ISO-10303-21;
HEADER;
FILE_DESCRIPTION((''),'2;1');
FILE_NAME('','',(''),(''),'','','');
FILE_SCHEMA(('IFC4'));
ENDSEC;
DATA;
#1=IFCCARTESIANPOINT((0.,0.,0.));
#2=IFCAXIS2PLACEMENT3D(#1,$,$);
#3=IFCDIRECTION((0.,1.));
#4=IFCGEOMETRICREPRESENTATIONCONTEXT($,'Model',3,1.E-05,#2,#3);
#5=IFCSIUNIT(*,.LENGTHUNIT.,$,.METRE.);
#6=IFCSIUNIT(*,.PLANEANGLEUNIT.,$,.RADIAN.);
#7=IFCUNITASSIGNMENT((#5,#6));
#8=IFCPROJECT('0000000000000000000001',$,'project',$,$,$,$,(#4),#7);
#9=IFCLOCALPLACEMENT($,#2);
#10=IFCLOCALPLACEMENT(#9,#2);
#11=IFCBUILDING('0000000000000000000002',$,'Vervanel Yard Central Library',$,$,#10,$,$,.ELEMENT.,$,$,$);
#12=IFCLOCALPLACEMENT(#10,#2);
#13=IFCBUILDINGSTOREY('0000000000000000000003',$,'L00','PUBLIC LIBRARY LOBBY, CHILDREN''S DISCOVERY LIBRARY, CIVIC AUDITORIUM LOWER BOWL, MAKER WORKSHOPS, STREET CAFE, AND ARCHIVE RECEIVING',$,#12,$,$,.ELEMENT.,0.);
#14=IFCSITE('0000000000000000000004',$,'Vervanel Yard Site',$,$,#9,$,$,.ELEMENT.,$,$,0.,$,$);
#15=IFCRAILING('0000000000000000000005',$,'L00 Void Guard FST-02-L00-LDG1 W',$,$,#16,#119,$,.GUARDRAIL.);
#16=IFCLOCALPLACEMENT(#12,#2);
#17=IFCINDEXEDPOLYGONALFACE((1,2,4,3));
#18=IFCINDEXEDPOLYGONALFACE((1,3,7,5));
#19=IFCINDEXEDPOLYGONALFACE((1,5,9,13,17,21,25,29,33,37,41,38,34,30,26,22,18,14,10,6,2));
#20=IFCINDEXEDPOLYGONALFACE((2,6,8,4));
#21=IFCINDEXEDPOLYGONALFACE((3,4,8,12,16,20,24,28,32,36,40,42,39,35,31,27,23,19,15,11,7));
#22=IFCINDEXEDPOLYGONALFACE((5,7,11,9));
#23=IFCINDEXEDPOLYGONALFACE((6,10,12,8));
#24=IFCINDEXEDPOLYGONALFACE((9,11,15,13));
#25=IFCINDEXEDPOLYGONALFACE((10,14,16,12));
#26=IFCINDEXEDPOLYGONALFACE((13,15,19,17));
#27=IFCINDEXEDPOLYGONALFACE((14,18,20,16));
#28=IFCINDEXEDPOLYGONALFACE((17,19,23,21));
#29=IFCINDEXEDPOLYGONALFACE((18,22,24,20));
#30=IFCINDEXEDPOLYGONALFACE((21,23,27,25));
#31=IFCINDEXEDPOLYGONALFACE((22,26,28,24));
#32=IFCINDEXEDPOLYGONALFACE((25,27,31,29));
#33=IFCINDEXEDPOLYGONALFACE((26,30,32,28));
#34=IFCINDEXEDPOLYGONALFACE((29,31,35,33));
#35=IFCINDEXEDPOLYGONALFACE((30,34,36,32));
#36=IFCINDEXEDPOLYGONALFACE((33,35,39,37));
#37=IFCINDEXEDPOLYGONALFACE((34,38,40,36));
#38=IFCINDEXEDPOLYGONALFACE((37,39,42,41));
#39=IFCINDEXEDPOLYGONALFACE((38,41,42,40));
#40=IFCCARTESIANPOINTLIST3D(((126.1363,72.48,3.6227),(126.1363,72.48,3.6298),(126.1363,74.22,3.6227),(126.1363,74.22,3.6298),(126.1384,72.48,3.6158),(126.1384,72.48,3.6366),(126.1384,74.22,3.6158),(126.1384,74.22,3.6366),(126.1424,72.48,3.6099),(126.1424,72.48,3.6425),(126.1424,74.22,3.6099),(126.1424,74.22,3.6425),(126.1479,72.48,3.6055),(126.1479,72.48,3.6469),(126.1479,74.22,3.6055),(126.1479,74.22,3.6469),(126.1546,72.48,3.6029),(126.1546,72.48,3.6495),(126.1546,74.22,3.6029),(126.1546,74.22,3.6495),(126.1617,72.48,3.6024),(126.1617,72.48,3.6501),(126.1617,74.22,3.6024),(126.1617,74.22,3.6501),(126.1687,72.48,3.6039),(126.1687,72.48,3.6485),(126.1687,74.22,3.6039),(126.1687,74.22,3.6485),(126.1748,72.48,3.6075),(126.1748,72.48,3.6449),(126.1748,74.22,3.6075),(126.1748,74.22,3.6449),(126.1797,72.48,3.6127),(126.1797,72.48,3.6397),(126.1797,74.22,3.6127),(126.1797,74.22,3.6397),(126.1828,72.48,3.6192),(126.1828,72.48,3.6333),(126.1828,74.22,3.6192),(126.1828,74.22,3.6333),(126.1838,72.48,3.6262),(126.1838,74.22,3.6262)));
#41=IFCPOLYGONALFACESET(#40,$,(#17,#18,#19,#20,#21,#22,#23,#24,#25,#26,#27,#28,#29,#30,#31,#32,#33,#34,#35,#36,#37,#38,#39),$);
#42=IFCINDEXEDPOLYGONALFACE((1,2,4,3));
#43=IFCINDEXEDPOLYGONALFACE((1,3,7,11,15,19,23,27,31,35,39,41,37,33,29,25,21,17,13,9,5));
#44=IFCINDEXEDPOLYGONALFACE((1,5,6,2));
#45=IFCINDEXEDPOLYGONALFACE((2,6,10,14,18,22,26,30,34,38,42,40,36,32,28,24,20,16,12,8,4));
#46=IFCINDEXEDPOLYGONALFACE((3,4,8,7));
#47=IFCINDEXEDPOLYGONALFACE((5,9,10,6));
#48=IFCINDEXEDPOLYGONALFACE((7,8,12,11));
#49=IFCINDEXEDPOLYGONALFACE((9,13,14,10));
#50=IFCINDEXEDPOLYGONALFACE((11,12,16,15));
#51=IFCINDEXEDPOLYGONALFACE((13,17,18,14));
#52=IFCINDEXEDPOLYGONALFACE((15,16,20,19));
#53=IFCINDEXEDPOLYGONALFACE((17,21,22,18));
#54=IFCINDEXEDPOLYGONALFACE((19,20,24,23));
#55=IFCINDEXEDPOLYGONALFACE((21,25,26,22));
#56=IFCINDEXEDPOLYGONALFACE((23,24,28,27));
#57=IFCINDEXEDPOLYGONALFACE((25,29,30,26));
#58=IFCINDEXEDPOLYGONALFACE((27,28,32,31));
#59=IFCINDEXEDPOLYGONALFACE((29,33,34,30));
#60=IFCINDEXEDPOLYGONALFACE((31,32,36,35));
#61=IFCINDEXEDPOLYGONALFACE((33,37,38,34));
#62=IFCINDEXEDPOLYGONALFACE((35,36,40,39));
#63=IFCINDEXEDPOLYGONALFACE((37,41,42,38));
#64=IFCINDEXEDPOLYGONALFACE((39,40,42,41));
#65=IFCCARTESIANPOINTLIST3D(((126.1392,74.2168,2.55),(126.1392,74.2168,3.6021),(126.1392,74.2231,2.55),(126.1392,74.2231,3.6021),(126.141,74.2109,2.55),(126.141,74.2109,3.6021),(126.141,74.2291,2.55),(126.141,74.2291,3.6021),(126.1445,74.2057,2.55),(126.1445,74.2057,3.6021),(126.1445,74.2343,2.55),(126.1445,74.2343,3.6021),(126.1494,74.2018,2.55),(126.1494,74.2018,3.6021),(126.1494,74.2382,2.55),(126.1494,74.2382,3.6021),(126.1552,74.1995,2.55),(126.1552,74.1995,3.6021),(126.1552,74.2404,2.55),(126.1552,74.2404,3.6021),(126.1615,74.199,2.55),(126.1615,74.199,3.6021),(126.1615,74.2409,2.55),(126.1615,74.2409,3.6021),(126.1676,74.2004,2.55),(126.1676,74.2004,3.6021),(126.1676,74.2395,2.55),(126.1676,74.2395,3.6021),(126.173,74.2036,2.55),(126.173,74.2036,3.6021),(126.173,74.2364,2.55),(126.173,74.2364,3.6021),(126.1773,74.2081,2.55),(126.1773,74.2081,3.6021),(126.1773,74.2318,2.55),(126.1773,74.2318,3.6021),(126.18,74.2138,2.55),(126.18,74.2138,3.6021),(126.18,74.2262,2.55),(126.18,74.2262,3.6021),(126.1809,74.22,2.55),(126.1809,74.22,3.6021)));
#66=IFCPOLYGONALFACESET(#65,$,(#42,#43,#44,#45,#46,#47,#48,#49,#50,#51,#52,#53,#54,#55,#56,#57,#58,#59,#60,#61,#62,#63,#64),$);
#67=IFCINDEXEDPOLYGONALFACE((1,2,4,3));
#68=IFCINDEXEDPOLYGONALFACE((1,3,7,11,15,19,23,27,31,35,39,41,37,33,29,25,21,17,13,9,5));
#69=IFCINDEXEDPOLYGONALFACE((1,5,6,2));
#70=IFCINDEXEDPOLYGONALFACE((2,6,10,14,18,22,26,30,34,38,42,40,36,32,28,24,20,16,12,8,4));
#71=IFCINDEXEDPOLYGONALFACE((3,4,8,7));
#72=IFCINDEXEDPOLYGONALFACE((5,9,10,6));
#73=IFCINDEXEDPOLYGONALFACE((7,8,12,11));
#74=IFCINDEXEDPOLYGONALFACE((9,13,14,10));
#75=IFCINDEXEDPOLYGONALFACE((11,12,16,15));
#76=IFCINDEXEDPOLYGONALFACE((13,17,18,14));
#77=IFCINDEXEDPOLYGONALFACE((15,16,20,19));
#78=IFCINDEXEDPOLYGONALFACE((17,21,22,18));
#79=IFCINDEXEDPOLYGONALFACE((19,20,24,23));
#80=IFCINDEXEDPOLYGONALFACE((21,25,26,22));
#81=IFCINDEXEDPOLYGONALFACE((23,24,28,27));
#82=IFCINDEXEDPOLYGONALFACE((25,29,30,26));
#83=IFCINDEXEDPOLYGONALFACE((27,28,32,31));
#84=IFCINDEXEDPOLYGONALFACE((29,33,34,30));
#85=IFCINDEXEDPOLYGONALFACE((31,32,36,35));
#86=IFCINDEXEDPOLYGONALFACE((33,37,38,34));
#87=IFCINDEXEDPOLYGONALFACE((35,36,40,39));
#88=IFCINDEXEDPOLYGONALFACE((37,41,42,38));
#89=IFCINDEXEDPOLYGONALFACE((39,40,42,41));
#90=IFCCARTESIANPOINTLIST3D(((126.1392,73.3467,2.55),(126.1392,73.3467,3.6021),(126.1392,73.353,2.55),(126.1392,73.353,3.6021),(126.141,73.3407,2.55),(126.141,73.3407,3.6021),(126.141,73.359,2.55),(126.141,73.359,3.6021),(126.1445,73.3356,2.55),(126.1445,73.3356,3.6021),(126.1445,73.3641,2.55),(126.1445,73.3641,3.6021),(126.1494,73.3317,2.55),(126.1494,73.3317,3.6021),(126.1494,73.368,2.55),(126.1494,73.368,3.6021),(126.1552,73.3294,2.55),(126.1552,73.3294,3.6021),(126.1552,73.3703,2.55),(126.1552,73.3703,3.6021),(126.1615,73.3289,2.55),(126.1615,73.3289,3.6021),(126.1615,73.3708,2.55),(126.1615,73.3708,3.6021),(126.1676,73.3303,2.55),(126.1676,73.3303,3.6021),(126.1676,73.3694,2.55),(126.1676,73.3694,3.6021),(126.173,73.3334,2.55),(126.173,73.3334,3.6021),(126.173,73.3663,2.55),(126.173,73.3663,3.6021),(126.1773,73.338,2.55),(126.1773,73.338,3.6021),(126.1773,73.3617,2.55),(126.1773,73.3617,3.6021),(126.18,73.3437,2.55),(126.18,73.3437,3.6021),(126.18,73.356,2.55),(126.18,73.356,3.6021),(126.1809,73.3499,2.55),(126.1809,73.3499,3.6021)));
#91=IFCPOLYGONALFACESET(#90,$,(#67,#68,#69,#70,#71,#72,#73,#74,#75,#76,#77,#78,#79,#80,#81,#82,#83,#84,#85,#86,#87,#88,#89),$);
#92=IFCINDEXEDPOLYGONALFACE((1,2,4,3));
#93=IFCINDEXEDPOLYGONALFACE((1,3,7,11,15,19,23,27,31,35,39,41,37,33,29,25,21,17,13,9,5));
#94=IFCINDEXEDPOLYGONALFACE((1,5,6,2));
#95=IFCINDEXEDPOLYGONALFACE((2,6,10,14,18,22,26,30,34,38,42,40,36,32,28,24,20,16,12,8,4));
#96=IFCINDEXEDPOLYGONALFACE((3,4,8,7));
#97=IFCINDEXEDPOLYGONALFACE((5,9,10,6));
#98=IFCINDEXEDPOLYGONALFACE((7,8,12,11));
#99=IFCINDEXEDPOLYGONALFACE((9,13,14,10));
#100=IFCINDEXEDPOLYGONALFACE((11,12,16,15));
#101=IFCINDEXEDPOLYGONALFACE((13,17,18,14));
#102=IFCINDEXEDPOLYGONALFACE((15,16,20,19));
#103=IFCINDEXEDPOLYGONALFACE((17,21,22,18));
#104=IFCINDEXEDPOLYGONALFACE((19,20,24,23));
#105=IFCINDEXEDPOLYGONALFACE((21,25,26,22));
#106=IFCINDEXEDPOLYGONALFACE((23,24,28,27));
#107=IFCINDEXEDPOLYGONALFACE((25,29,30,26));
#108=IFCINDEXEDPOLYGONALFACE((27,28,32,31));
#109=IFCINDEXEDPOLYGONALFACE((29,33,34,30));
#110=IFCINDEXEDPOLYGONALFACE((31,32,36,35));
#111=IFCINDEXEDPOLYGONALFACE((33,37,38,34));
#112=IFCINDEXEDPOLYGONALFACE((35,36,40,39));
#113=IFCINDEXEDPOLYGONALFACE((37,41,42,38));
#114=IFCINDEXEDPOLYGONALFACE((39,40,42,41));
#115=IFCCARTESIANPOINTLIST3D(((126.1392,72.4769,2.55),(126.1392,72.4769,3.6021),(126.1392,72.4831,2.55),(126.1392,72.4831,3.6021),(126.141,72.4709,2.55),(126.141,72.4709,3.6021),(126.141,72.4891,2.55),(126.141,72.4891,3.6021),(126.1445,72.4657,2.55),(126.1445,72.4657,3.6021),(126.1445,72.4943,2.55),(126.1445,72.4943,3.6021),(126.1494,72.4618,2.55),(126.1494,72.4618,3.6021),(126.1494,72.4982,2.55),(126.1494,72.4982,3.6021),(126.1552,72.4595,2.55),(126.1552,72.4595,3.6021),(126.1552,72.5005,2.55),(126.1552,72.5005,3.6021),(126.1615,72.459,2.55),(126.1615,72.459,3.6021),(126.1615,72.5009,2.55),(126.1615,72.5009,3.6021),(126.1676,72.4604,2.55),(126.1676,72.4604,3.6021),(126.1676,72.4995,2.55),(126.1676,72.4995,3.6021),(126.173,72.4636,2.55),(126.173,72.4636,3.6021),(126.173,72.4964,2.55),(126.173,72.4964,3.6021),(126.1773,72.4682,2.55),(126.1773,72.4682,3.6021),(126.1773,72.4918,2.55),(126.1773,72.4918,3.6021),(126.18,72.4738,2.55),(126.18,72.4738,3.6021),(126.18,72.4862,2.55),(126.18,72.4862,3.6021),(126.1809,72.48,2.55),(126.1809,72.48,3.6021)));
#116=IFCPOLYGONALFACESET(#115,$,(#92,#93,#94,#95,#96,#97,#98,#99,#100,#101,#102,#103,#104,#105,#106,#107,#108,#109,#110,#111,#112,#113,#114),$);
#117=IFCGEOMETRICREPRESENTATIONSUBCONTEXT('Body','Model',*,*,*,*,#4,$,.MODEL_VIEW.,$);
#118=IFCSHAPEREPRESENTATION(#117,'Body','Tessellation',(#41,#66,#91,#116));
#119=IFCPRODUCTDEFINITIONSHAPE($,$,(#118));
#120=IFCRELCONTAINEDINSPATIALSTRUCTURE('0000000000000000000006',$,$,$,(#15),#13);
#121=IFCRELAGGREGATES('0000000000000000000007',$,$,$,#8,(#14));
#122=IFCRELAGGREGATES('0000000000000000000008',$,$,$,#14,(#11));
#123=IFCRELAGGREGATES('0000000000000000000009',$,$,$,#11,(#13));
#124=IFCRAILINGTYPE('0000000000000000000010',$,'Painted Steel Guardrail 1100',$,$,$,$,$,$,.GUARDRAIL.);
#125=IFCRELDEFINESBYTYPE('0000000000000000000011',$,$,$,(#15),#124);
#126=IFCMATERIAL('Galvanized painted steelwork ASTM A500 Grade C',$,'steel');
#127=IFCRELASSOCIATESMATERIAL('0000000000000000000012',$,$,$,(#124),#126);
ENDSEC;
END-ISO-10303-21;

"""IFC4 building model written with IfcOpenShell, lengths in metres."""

from ifc_helpers import new_model, si_unit, direction, frame, origin, origin_2d, place, context, subcontext, project, spatial, circle, extrude, material, type_object, element, save


model = new_model("IFC4")

# Units and contexts
model_context = context("Model", 3, precision=1e-05, world=origin(), true_north=direction((0.0, 1.0)))
body_context = subcontext(model_context, "Body", "Model", "MODEL_VIEW")
ifc_project = project(units=[si_unit("LENGTHUNIT", "METRE"), si_unit("PLANEANGLEUNIT", "RADIAN")], contexts=[model_context])

# Site, building, storey
site_placement = place(None, origin())
site = spatial("IfcSite", under=ifc_project, at=site_placement, Name="Vervanel Yard Site", CompositionType="ELEMENT", RefElevation=0.0)
building_placement = place(site_placement, origin())
building = spatial("IfcBuilding", under=site, at=building_placement, Name="Vervanel Yard Central Library", CompositionType="ELEMENT")
storey_placement = place(building_placement, origin())
storey = spatial("IfcBuildingStorey", under=building, at=storey_placement, Name="L00", Description="PUBLIC LIBRARY LOBBY, CHILDREN'S DISCOVERY LIBRARY, CIVIC AUDITORIUM LOWER BOWL, MAKER WORKSHOPS, STREET CAFE, AND ARCHIVE RECEIVING", CompositionType="ELEMENT", Elevation=0.0)

# Railing
ifc_material_1 = material(Name="Galvanized painted steelwork ASTM A500 Grade C", Category="steel")
railing_type = type_object("IfcRailingType", Name="Painted Steel Guardrail 1100", PredefinedType="GUARDRAIL", material=ifc_material_1)
railing_1_placement = place(storey_placement, frame((126.1599, 74.22, 2.55)))
element("IfcRailing", 1, at=railing_1_placement, inside=storey, type_object=railing_type, Name="L00 Void Guard FST-02-L00-LDG1 W", PredefinedType="GUARDRAIL", context=body_context, shape_type="SweptSolid", body=[
    extrude(circle(Radius=0.0239, at=origin_2d()), frame((0.0, 0.0, 1.0762), z_axis=(0.0, -1.0, 0.0), x_axis=(1.0, 0.0, 0.0)), (0.0, 0.0, 1.0), 1.74),
    extrude(circle(Radius=0.021, at=origin_2d()), origin(), (0.0, 0.0, 1.0), 1.052),
    extrude(circle(Radius=0.021, at=origin_2d()), frame((0.0, -0.8701, 0.0)), (0.0, 0.0, 1.0), 1.052),
    extrude(circle(Radius=0.021, at=origin_2d()), frame((0.0, -1.74, 0.0)), (0.0, 0.0, 1.0), 1.052),
])

save(model, "model.ifc")
